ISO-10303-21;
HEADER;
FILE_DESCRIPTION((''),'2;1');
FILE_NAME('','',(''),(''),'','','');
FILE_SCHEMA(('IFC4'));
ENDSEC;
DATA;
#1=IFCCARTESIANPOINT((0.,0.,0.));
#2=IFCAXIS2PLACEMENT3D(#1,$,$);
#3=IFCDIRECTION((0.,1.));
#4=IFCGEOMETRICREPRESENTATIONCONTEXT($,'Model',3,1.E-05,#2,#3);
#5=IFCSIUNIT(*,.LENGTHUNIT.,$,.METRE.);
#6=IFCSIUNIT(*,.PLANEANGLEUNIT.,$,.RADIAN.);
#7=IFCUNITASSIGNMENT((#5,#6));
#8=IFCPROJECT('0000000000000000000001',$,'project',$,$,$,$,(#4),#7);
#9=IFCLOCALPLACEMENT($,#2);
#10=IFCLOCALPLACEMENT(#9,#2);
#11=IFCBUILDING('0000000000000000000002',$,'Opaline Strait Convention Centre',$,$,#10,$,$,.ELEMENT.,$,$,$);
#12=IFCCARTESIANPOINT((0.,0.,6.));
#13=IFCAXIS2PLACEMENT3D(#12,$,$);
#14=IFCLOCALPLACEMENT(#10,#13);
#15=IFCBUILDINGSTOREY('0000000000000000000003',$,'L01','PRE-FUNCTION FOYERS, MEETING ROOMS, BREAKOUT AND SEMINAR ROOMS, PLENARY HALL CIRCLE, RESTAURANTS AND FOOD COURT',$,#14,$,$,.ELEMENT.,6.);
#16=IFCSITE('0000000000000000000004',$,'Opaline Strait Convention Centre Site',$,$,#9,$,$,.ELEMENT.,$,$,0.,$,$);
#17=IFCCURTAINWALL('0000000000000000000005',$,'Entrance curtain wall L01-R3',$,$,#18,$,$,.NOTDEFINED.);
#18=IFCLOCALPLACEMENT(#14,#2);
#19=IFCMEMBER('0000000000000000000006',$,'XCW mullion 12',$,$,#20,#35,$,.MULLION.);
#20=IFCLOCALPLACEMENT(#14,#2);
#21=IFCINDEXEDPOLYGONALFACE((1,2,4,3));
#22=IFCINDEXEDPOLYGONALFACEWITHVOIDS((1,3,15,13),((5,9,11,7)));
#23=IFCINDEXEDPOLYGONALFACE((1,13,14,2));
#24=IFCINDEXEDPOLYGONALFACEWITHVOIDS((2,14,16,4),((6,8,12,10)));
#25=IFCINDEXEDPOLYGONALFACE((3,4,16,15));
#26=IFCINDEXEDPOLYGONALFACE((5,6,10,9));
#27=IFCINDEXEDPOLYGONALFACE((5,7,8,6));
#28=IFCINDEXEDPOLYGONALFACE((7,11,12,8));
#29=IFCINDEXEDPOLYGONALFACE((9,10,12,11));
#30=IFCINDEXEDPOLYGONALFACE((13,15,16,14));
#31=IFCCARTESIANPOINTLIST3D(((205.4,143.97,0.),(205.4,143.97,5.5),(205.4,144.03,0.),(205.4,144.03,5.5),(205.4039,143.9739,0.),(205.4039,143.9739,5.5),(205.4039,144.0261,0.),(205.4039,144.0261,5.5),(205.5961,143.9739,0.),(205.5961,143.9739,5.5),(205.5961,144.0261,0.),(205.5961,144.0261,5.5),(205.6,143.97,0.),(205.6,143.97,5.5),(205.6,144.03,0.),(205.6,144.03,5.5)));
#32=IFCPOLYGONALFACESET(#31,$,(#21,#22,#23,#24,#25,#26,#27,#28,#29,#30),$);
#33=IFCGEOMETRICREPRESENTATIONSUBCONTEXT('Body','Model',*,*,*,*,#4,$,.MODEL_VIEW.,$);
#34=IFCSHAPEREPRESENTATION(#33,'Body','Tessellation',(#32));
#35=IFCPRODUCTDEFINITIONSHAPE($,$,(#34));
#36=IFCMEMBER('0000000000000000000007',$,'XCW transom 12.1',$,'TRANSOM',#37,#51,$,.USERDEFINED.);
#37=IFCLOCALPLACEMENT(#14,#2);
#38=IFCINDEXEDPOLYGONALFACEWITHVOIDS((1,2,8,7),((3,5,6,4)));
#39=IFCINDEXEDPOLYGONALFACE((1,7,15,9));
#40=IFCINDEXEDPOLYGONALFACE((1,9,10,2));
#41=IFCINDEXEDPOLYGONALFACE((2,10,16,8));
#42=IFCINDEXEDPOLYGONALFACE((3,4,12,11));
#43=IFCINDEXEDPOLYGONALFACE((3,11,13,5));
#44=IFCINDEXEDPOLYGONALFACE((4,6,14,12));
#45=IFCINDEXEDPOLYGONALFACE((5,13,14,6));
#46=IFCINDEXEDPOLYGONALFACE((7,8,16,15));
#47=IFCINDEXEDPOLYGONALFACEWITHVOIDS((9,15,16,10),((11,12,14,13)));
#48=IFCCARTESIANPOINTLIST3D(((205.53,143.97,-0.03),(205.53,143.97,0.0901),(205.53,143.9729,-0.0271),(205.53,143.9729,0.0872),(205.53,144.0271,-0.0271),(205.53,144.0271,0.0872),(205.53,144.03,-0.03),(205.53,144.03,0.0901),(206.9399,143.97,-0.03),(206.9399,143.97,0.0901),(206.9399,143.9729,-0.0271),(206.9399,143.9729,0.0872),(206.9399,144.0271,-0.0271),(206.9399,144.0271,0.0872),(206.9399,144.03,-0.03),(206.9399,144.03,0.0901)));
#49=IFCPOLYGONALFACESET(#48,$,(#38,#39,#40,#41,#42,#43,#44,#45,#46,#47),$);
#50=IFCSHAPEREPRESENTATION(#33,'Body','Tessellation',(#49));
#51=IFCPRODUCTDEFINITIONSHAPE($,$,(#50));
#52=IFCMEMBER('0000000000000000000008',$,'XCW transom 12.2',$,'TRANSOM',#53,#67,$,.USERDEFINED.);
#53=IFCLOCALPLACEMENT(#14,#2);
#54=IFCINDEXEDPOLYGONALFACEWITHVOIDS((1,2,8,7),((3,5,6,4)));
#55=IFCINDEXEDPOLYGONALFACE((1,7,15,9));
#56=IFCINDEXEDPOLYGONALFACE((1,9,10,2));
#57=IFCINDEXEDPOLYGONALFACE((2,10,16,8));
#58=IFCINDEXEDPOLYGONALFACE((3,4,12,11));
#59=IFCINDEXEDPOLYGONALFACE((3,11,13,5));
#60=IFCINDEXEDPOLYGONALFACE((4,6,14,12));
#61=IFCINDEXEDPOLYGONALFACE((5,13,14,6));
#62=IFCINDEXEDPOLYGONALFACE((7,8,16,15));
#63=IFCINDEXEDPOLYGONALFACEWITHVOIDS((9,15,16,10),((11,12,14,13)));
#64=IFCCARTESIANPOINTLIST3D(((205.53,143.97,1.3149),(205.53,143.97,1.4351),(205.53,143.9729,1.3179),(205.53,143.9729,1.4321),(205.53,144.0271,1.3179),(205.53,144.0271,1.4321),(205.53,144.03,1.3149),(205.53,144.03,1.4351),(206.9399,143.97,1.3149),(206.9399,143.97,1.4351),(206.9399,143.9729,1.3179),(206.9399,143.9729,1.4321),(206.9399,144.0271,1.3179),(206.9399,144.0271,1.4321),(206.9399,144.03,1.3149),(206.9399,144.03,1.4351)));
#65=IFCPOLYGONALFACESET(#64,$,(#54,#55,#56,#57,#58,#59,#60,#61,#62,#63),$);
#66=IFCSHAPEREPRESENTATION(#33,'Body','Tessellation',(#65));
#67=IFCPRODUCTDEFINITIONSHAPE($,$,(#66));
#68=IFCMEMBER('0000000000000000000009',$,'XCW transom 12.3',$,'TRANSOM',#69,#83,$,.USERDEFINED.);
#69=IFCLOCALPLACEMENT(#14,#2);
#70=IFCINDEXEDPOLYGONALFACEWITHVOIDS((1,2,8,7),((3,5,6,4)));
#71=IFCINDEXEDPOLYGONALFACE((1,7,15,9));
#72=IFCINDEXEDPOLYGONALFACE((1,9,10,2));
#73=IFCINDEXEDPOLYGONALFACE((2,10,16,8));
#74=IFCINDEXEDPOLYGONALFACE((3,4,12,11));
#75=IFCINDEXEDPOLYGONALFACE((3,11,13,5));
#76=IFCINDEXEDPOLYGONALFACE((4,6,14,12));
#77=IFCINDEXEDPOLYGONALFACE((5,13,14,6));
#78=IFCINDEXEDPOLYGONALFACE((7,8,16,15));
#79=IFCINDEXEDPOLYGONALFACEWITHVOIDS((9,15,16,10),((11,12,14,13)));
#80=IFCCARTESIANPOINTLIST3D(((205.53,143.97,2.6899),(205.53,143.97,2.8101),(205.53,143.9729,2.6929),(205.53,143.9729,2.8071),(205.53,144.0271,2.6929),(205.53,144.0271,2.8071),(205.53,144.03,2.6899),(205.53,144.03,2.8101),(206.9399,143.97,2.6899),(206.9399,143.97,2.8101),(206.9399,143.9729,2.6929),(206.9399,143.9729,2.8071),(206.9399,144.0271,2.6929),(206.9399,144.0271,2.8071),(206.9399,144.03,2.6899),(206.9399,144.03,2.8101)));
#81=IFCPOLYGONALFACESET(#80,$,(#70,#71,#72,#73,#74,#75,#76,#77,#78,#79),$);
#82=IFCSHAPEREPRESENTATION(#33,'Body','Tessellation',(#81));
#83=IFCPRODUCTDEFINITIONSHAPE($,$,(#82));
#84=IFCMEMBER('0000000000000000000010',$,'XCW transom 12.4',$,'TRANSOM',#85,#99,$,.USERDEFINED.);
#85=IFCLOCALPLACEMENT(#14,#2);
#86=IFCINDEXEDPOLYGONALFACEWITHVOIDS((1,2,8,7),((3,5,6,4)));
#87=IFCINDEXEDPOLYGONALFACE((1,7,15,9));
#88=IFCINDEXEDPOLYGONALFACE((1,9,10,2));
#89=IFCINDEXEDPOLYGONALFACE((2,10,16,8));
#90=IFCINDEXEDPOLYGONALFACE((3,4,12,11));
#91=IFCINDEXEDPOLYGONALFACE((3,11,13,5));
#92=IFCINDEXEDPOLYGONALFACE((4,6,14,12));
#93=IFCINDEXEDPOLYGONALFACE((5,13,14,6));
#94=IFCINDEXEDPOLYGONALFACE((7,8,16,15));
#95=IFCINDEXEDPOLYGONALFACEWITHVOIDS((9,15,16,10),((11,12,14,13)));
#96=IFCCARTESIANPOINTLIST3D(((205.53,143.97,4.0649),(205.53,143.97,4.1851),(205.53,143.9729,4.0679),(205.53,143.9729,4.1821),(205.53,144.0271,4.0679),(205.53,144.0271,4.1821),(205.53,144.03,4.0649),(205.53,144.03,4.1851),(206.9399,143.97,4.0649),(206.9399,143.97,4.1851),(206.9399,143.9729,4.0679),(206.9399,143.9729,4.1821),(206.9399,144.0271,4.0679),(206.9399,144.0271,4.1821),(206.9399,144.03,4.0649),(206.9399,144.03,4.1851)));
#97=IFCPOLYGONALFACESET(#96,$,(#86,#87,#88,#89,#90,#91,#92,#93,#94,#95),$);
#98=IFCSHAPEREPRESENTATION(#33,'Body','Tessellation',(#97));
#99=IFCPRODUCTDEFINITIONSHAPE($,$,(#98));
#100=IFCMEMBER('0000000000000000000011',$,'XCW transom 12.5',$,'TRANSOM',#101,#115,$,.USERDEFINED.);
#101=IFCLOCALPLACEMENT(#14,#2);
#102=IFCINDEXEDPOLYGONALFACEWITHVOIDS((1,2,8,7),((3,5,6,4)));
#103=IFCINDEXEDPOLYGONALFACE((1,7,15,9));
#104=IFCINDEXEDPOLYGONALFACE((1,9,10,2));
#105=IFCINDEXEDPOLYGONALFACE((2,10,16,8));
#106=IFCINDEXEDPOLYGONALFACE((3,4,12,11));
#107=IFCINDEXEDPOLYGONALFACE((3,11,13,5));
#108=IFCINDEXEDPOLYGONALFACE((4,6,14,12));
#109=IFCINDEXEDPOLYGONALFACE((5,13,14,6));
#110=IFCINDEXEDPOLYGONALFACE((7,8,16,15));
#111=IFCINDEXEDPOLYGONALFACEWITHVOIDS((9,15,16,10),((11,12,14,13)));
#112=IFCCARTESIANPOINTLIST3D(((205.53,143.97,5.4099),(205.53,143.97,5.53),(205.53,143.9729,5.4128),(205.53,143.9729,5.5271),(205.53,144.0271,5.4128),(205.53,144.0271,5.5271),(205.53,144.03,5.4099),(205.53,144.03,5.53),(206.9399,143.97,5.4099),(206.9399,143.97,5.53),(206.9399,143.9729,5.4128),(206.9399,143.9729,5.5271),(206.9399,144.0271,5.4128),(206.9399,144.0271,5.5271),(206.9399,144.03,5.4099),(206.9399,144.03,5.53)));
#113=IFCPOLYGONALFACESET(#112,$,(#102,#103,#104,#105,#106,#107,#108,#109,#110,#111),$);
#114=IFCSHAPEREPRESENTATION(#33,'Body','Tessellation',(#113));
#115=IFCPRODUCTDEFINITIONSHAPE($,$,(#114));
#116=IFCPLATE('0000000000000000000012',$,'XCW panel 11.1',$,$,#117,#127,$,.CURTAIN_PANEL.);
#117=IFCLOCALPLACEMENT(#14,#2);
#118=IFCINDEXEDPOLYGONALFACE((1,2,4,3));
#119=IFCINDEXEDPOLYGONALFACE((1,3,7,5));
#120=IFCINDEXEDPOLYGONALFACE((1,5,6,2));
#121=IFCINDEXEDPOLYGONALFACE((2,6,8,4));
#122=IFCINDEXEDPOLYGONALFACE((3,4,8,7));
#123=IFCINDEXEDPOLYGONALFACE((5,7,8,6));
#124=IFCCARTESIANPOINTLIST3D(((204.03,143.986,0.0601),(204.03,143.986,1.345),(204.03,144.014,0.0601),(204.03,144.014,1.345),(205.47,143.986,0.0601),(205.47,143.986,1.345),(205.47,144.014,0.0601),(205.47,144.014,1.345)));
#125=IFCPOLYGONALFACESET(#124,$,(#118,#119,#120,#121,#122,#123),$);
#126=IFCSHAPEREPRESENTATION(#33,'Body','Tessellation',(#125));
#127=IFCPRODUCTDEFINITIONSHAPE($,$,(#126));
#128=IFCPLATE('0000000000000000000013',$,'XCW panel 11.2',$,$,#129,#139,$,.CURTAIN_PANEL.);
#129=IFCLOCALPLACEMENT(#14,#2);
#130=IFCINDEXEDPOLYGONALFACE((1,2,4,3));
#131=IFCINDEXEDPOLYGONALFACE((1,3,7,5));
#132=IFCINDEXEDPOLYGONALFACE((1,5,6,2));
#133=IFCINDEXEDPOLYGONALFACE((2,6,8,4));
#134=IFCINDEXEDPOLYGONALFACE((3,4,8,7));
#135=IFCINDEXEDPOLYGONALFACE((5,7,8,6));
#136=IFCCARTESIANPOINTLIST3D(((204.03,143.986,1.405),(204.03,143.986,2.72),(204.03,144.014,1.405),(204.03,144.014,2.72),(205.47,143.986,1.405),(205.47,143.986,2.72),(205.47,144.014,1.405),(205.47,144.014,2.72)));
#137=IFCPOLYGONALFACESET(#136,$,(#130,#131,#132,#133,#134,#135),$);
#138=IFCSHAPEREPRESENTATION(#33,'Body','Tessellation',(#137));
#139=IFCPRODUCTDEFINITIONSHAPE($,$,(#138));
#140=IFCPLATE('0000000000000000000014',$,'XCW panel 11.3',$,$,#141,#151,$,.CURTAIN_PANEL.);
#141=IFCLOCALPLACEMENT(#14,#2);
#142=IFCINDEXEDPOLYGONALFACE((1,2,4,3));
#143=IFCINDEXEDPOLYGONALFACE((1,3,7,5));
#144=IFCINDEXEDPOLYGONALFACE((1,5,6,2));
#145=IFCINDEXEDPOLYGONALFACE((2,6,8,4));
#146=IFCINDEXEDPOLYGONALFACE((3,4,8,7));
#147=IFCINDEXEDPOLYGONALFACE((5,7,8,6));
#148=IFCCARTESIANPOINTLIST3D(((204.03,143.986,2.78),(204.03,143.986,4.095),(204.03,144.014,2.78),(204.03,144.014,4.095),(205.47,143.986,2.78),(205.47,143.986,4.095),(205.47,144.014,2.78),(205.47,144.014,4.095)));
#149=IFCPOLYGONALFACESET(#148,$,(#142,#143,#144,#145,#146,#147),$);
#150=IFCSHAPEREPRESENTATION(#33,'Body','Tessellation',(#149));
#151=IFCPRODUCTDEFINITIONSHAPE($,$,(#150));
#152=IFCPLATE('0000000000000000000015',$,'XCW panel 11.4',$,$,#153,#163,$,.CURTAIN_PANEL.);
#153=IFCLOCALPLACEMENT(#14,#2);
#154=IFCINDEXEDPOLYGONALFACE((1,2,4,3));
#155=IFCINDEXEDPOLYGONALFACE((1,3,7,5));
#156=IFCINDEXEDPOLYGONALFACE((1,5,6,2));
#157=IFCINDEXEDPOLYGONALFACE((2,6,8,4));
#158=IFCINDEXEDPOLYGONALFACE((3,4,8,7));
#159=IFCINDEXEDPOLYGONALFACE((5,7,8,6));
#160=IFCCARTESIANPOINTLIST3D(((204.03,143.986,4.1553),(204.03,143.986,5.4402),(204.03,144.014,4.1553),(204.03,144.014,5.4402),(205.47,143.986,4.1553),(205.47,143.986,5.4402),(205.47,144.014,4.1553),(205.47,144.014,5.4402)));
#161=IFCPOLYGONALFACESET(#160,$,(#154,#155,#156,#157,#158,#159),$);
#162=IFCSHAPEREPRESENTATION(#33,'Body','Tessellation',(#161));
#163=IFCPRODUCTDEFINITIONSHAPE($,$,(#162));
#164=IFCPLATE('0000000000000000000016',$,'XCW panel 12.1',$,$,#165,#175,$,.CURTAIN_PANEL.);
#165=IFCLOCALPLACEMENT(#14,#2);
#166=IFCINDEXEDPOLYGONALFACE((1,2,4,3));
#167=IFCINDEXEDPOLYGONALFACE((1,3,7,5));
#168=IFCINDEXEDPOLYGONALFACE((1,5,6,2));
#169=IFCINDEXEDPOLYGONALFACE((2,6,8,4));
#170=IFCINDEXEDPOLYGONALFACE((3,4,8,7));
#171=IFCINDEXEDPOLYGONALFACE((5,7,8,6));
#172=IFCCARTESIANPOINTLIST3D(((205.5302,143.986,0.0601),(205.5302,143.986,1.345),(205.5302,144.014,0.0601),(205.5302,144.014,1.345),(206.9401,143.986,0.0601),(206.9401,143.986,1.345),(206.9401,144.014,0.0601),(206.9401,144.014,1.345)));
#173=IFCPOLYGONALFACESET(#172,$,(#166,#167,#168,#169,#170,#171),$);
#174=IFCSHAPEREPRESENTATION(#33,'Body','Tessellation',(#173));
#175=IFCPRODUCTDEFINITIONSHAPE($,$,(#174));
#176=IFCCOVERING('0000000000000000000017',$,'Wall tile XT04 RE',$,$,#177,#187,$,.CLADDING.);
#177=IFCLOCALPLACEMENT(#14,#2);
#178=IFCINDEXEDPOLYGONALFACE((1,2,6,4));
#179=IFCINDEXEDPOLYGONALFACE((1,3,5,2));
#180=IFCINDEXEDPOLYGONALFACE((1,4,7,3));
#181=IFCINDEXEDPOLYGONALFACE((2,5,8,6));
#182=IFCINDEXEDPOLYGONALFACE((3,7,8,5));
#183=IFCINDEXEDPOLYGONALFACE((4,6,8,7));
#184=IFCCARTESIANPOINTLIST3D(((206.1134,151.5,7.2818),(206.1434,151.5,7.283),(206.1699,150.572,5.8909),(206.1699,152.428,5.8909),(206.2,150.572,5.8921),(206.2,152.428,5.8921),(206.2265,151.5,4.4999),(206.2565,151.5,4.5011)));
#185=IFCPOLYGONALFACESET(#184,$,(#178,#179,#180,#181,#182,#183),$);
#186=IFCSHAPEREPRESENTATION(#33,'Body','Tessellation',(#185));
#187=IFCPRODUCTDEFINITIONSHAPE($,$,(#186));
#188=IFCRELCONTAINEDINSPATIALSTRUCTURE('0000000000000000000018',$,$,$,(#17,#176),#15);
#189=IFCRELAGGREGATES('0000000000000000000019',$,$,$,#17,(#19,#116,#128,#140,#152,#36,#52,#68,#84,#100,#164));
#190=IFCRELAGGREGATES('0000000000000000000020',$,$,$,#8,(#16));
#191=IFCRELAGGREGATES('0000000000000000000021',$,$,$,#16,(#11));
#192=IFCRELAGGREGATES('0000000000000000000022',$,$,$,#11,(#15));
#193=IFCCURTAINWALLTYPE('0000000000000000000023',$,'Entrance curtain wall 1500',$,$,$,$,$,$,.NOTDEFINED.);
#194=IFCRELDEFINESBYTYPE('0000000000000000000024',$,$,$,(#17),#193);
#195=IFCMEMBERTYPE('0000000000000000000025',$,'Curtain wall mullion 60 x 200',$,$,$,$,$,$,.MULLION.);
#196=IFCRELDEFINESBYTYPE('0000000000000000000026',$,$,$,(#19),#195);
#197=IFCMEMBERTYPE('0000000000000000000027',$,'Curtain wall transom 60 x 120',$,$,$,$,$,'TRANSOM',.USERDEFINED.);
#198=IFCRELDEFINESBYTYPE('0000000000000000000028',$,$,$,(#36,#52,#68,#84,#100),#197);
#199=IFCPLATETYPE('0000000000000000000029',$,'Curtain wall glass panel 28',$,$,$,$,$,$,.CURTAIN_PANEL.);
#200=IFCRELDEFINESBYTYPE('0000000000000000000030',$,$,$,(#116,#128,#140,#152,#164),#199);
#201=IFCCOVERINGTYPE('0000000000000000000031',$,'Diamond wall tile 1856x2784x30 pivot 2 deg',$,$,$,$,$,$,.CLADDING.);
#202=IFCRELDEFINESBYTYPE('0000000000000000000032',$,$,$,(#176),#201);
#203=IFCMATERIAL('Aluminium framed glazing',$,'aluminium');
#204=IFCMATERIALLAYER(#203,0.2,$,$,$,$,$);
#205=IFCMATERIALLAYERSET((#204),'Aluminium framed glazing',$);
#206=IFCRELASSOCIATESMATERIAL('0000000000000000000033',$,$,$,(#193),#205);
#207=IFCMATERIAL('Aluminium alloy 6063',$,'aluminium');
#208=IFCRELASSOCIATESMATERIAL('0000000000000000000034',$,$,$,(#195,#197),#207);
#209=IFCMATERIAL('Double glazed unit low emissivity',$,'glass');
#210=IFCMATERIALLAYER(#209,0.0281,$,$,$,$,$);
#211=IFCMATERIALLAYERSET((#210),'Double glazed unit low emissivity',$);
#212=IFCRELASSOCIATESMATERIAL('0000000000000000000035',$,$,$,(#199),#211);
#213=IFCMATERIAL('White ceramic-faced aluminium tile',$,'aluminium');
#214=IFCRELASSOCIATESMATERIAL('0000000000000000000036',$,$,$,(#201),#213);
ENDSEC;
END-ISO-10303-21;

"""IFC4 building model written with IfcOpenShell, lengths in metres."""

from ifc_helpers import new_model, si_unit, direction, frame, origin, origin_2d, place, context, subcontext, project, spatial, polyline, rectangle, hollow_rectangle, outline, extrude, material, layer, layer_set, material_profile, profile_set, type_object, element, aggregate, save


model = new_model("IFC4")

# Units and contexts
model_context = context("Model", 3, precision=1e-05, world=origin(), true_north=direction((0.0, 1.0)))
body_context = subcontext(model_context, "Body", "Model", "MODEL_VIEW")
ifc_project = project(units=[si_unit("LENGTHUNIT", "METRE"), si_unit("PLANEANGLEUNIT", "RADIAN")], contexts=[model_context])

# Site, building, storey
site_placement = place(None, origin())
site = spatial("IfcSite", under=ifc_project, at=site_placement, Name="Opaline Strait Convention Centre Site", CompositionType="ELEMENT", RefElevation=0.0)
building_placement = place(site_placement, origin())
building = spatial("IfcBuilding", under=site, at=building_placement, Name="Opaline Strait Convention Centre", CompositionType="ELEMENT")
storey_placement = place(building_placement, frame((0.0, 0.0, 6.0)))
storey = spatial("IfcBuildingStorey", under=building, at=storey_placement, Name="L01", Description="PRE-FUNCTION FOYERS, MEETING ROOMS, BREAKOUT AND SEMINAR ROOMS, PLENARY HALL CIRCLE, RESTAURANTS AND FOOD COURT", CompositionType="ELEMENT", Elevation=6.0)

# Curtain wall, members, plates
ifc_material_1 = material(Name="Aluminium framed glazing", Category="aluminium")
ifc_layer_1 = layer(ifc_material_1, 0.2)
ifc_layer_set_1 = layer_set([ifc_layer_1], Name="Aluminium framed glazing")
curtain_wall_type = type_object("IfcCurtainWallType", Name="Entrance curtain wall 1500", PredefinedType="NOTDEFINED", material=ifc_layer_set_1)
curtain_wall_placement = place(storey_placement, origin())
curtain_wall = element("IfcCurtainWall", 1, at=curtain_wall_placement, inside=storey, type_object=curtain_wall_type, Name="Entrance curtain wall L01-R3", PredefinedType="NOTDEFINED")
ifc_material_2 = material(Name="Aluminium alloy 6063", Category="aluminium")
ifc_material_profile_1 = material_profile(ifc_material_2, hollow_rectangle(XDim=0.0601, YDim=0.2, WallThickness=0.0039, at=origin_2d()), Name="MULLION 60x200x4")
ifc_profile_set_1 = profile_set([ifc_material_profile_1], Name="Aluminium alloy 6063")
member_type_1 = type_object("IfcMemberType", Name="Curtain wall mullion 60 x 200", PredefinedType="MULLION", material=ifc_profile_set_1)
member_1_placement = place(storey_placement, frame((205.5, 144.0, 0.0), z_axis=(0.0, 0.0, 1.0), x_axis=(0.0, 1.0, 0.0)))
member_1 = element("IfcMember", 2, at=member_1_placement, type_object=member_type_1, Name="XCW mullion 12", PredefinedType="MULLION", context=body_context, shape_type="SweptSolid", body=[
    extrude(hollow_rectangle(XDim=0.0601, YDim=0.2, WallThickness=0.0039, at=origin_2d()), origin(), (0.0, 0.0, 1.0), 5.5),
])
ifc_material_profile_2 = material_profile(ifc_material_2, hollow_rectangle(XDim=0.0601, YDim=0.1201, WallThickness=0.0029, at=origin_2d()), Name="TRANSOM 60x120x3")
ifc_profile_set_2 = profile_set([ifc_material_profile_2], Name="Aluminium alloy 6063")
member_type_2 = type_object("IfcMemberType", Name="Curtain wall transom 60 x 120", ElementType="TRANSOM", PredefinedType="USERDEFINED", material=ifc_profile_set_2)
member_2_placement = place(storey_placement, frame((205.53, 144.0, 0.03), z_axis=(1.0, 0.0, 0.0), x_axis=(0.0, 1.0, 0.0)))
member_2 = element("IfcMember", 3, at=member_2_placement, type_object=member_type_2, Name="XCW transom 12.1", ObjectType="TRANSOM", PredefinedType="USERDEFINED", context=body_context, shape_type="SweptSolid", body=[
    extrude(hollow_rectangle(XDim=0.0601, YDim=0.1201, WallThickness=0.0029, at=origin_2d()), origin(), (0.0, 0.0, 1.0), 1.4099),
])
member_3_placement = place(storey_placement, frame((205.53, 144.0, 1.375), z_axis=(1.0, 0.0, 0.0), x_axis=(0.0, 1.0, 0.0)))
member_3 = element("IfcMember", 4, at=member_3_placement, type_object=member_type_2, Name="XCW transom 12.2", ObjectType="TRANSOM", PredefinedType="USERDEFINED", context=body_context, shape_type="SweptSolid", body=[
    extrude(hollow_rectangle(XDim=0.0601, YDim=0.1201, WallThickness=0.0029, at=origin_2d()), origin(), (0.0, 0.0, 1.0), 1.4099),
])
member_4_placement = place(storey_placement, frame((205.53, 144.0, 2.75), z_axis=(1.0, 0.0, 0.0), x_axis=(0.0, 1.0, 0.0)))
member_4 = element("IfcMember", 5, at=member_4_placement, type_object=member_type_2, Name="XCW transom 12.3", ObjectType="TRANSOM", PredefinedType="USERDEFINED", context=body_context, shape_type="SweptSolid", body=[
    extrude(hollow_rectangle(XDim=0.0601, YDim=0.1201, WallThickness=0.0029, at=origin_2d()), origin(), (0.0, 0.0, 1.0), 1.4099),
])
member_5_placement = place(storey_placement, frame((205.53, 144.0, 4.125), z_axis=(1.0, 0.0, 0.0), x_axis=(0.0, 1.0, 0.0)))
member_5 = element("IfcMember", 6, at=member_5_placement, type_object=member_type_2, Name="XCW transom 12.4", ObjectType="TRANSOM", PredefinedType="USERDEFINED", context=body_context, shape_type="SweptSolid", body=[
    extrude(hollow_rectangle(XDim=0.0601, YDim=0.1201, WallThickness=0.0029, at=origin_2d()), origin(), (0.0, 0.0, 1.0), 1.4099),
])
member_6_placement = place(storey_placement, frame((205.53, 144.0, 5.47), z_axis=(1.0, 0.0, 0.0), x_axis=(0.0, 1.0, 0.0)))
member_6 = element("IfcMember", 7, at=member_6_placement, type_object=member_type_2, Name="XCW transom 12.5", ObjectType="TRANSOM", PredefinedType="USERDEFINED", context=body_context, shape_type="SweptSolid", body=[
    extrude(hollow_rectangle(XDim=0.0601, YDim=0.1201, WallThickness=0.0029, at=origin_2d()), origin(), (0.0, 0.0, 1.0), 1.4099),
])
ifc_material_3 = material(Name="Double glazed unit low emissivity", Category="glass")
ifc_layer_2 = layer(ifc_material_3, 0.0281)
ifc_layer_set_2 = layer_set([ifc_layer_2], Name="Double glazed unit low emissivity")
plate_type = type_object("IfcPlateType", Name="Curtain wall glass panel 28", PredefinedType="CURTAIN_PANEL", material=ifc_layer_set_2)
plate_1_placement = place(storey_placement, frame((204.75, 144.0, 0.0601), z_axis=(0.0, 0.0, 1.0), x_axis=(1.0, 0.0, 0.0)))
plate_1 = element("IfcPlate", 8, at=plate_1_placement, type_object=plate_type, Name="XCW panel 11.1", PredefinedType="CURTAIN_PANEL", context=body_context, shape_type="SweptSolid", body=[
    extrude(rectangle(XDim=1.4399, YDim=0.0281, at=origin_2d()), origin(), (0.0, 0.0, 1.0), 1.2849),
])
plate_2_placement = place(storey_placement, frame((204.75, 144.0, 1.405), z_axis=(0.0, 0.0, 1.0), x_axis=(1.0, 0.0, 0.0)))
plate_2 = element("IfcPlate", 9, at=plate_2_placement, type_object=plate_type, Name="XCW panel 11.2", PredefinedType="CURTAIN_PANEL", context=body_context, shape_type="SweptSolid", body=[
    extrude(rectangle(XDim=1.4399, YDim=0.0281, at=origin_2d()), origin(), (0.0, 0.0, 1.0), 1.3149),
])
plate_3_placement = place(storey_placement, frame((204.75, 144.0, 2.78), z_axis=(0.0, 0.0, 1.0), x_axis=(1.0, 0.0, 0.0)))
plate_3 = element("IfcPlate", 10, at=plate_3_placement, type_object=plate_type, Name="XCW panel 11.3", PredefinedType="CURTAIN_PANEL", context=body_context, shape_type="SweptSolid", body=[
    extrude(rectangle(XDim=1.4399, YDim=0.0281, at=origin_2d()), origin(), (0.0, 0.0, 1.0), 1.3149),
])
plate_4_placement = place(storey_placement, frame((204.75, 144.0, 4.1553), z_axis=(0.0, 0.0, 1.0), x_axis=(1.0, 0.0, 0.0)))
plate_4 = element("IfcPlate", 11, at=plate_4_placement, type_object=plate_type, Name="XCW panel 11.4", PredefinedType="CURTAIN_PANEL", context=body_context, shape_type="SweptSolid", body=[
    extrude(rectangle(XDim=1.4399, YDim=0.0281, at=origin_2d()), origin(), (0.0, 0.0, 1.0), 1.2849),
])
plate_5_placement = place(storey_placement, frame((206.2351, 144.0, 0.0601), z_axis=(0.0, 0.0, 1.0), x_axis=(1.0, 0.0, 0.0)))
plate_5 = element("IfcPlate", 12, at=plate_5_placement, type_object=plate_type, Name="XCW panel 12.1", PredefinedType="CURTAIN_PANEL", context=body_context, shape_type="SweptSolid", body=[
    extrude(rectangle(XDim=1.4099, YDim=0.0281, at=origin_2d()), origin(), (0.0, 0.0, 1.0), 1.2849),
])
aggregate(curtain_wall, [member_1, plate_1, plate_2, plate_3, plate_4, member_2, member_3, member_4, member_5, member_6, plate_5])

# Covering
ifc_material_4 = material(Name="White ceramic-faced aluminium tile", Category="aluminium")
ifc_material_profile_3 = material_profile(ifc_material_4, outline(polyline([(0.928, 0.0), (0.0, 1.3921), (-0.928, 0.0), (0.0, -1.3921), (0.928, 0.0)])), Name="Diamond tile 1856x2784")
ifc_profile_set_3 = profile_set([ifc_material_profile_3], Name="White ceramic-faced aluminium tile")
covering_type_1 = type_object("IfcCoveringType", Name="Diamond wall tile 1856x2784x30 pivot 2 deg", PredefinedType="CLADDING", material=ifc_profile_set_3)
covering_1_placement = place(storey_placement, frame((206.2, 151.5, 5.8921), z_axis=(-0.999175, 0.0, -0.040617), x_axis=(0.0, -1.0, 0.0)))
element("IfcCovering", 13, at=covering_1_placement, inside=storey, type_object=covering_type_1, Name="Wall tile XT04 RE", PredefinedType="CLADDING", context=body_context, shape_type="SweptSolid", body=[
    extrude(outline(polyline([(0.928, 0.0), (0.0, 1.3921), (-0.928, 0.0), (0.0, -1.3921), (0.928, 0.0)])), origin(), (0.0, 0.0, 1.0), 0.03),
])

save(model, "model.ifc")
